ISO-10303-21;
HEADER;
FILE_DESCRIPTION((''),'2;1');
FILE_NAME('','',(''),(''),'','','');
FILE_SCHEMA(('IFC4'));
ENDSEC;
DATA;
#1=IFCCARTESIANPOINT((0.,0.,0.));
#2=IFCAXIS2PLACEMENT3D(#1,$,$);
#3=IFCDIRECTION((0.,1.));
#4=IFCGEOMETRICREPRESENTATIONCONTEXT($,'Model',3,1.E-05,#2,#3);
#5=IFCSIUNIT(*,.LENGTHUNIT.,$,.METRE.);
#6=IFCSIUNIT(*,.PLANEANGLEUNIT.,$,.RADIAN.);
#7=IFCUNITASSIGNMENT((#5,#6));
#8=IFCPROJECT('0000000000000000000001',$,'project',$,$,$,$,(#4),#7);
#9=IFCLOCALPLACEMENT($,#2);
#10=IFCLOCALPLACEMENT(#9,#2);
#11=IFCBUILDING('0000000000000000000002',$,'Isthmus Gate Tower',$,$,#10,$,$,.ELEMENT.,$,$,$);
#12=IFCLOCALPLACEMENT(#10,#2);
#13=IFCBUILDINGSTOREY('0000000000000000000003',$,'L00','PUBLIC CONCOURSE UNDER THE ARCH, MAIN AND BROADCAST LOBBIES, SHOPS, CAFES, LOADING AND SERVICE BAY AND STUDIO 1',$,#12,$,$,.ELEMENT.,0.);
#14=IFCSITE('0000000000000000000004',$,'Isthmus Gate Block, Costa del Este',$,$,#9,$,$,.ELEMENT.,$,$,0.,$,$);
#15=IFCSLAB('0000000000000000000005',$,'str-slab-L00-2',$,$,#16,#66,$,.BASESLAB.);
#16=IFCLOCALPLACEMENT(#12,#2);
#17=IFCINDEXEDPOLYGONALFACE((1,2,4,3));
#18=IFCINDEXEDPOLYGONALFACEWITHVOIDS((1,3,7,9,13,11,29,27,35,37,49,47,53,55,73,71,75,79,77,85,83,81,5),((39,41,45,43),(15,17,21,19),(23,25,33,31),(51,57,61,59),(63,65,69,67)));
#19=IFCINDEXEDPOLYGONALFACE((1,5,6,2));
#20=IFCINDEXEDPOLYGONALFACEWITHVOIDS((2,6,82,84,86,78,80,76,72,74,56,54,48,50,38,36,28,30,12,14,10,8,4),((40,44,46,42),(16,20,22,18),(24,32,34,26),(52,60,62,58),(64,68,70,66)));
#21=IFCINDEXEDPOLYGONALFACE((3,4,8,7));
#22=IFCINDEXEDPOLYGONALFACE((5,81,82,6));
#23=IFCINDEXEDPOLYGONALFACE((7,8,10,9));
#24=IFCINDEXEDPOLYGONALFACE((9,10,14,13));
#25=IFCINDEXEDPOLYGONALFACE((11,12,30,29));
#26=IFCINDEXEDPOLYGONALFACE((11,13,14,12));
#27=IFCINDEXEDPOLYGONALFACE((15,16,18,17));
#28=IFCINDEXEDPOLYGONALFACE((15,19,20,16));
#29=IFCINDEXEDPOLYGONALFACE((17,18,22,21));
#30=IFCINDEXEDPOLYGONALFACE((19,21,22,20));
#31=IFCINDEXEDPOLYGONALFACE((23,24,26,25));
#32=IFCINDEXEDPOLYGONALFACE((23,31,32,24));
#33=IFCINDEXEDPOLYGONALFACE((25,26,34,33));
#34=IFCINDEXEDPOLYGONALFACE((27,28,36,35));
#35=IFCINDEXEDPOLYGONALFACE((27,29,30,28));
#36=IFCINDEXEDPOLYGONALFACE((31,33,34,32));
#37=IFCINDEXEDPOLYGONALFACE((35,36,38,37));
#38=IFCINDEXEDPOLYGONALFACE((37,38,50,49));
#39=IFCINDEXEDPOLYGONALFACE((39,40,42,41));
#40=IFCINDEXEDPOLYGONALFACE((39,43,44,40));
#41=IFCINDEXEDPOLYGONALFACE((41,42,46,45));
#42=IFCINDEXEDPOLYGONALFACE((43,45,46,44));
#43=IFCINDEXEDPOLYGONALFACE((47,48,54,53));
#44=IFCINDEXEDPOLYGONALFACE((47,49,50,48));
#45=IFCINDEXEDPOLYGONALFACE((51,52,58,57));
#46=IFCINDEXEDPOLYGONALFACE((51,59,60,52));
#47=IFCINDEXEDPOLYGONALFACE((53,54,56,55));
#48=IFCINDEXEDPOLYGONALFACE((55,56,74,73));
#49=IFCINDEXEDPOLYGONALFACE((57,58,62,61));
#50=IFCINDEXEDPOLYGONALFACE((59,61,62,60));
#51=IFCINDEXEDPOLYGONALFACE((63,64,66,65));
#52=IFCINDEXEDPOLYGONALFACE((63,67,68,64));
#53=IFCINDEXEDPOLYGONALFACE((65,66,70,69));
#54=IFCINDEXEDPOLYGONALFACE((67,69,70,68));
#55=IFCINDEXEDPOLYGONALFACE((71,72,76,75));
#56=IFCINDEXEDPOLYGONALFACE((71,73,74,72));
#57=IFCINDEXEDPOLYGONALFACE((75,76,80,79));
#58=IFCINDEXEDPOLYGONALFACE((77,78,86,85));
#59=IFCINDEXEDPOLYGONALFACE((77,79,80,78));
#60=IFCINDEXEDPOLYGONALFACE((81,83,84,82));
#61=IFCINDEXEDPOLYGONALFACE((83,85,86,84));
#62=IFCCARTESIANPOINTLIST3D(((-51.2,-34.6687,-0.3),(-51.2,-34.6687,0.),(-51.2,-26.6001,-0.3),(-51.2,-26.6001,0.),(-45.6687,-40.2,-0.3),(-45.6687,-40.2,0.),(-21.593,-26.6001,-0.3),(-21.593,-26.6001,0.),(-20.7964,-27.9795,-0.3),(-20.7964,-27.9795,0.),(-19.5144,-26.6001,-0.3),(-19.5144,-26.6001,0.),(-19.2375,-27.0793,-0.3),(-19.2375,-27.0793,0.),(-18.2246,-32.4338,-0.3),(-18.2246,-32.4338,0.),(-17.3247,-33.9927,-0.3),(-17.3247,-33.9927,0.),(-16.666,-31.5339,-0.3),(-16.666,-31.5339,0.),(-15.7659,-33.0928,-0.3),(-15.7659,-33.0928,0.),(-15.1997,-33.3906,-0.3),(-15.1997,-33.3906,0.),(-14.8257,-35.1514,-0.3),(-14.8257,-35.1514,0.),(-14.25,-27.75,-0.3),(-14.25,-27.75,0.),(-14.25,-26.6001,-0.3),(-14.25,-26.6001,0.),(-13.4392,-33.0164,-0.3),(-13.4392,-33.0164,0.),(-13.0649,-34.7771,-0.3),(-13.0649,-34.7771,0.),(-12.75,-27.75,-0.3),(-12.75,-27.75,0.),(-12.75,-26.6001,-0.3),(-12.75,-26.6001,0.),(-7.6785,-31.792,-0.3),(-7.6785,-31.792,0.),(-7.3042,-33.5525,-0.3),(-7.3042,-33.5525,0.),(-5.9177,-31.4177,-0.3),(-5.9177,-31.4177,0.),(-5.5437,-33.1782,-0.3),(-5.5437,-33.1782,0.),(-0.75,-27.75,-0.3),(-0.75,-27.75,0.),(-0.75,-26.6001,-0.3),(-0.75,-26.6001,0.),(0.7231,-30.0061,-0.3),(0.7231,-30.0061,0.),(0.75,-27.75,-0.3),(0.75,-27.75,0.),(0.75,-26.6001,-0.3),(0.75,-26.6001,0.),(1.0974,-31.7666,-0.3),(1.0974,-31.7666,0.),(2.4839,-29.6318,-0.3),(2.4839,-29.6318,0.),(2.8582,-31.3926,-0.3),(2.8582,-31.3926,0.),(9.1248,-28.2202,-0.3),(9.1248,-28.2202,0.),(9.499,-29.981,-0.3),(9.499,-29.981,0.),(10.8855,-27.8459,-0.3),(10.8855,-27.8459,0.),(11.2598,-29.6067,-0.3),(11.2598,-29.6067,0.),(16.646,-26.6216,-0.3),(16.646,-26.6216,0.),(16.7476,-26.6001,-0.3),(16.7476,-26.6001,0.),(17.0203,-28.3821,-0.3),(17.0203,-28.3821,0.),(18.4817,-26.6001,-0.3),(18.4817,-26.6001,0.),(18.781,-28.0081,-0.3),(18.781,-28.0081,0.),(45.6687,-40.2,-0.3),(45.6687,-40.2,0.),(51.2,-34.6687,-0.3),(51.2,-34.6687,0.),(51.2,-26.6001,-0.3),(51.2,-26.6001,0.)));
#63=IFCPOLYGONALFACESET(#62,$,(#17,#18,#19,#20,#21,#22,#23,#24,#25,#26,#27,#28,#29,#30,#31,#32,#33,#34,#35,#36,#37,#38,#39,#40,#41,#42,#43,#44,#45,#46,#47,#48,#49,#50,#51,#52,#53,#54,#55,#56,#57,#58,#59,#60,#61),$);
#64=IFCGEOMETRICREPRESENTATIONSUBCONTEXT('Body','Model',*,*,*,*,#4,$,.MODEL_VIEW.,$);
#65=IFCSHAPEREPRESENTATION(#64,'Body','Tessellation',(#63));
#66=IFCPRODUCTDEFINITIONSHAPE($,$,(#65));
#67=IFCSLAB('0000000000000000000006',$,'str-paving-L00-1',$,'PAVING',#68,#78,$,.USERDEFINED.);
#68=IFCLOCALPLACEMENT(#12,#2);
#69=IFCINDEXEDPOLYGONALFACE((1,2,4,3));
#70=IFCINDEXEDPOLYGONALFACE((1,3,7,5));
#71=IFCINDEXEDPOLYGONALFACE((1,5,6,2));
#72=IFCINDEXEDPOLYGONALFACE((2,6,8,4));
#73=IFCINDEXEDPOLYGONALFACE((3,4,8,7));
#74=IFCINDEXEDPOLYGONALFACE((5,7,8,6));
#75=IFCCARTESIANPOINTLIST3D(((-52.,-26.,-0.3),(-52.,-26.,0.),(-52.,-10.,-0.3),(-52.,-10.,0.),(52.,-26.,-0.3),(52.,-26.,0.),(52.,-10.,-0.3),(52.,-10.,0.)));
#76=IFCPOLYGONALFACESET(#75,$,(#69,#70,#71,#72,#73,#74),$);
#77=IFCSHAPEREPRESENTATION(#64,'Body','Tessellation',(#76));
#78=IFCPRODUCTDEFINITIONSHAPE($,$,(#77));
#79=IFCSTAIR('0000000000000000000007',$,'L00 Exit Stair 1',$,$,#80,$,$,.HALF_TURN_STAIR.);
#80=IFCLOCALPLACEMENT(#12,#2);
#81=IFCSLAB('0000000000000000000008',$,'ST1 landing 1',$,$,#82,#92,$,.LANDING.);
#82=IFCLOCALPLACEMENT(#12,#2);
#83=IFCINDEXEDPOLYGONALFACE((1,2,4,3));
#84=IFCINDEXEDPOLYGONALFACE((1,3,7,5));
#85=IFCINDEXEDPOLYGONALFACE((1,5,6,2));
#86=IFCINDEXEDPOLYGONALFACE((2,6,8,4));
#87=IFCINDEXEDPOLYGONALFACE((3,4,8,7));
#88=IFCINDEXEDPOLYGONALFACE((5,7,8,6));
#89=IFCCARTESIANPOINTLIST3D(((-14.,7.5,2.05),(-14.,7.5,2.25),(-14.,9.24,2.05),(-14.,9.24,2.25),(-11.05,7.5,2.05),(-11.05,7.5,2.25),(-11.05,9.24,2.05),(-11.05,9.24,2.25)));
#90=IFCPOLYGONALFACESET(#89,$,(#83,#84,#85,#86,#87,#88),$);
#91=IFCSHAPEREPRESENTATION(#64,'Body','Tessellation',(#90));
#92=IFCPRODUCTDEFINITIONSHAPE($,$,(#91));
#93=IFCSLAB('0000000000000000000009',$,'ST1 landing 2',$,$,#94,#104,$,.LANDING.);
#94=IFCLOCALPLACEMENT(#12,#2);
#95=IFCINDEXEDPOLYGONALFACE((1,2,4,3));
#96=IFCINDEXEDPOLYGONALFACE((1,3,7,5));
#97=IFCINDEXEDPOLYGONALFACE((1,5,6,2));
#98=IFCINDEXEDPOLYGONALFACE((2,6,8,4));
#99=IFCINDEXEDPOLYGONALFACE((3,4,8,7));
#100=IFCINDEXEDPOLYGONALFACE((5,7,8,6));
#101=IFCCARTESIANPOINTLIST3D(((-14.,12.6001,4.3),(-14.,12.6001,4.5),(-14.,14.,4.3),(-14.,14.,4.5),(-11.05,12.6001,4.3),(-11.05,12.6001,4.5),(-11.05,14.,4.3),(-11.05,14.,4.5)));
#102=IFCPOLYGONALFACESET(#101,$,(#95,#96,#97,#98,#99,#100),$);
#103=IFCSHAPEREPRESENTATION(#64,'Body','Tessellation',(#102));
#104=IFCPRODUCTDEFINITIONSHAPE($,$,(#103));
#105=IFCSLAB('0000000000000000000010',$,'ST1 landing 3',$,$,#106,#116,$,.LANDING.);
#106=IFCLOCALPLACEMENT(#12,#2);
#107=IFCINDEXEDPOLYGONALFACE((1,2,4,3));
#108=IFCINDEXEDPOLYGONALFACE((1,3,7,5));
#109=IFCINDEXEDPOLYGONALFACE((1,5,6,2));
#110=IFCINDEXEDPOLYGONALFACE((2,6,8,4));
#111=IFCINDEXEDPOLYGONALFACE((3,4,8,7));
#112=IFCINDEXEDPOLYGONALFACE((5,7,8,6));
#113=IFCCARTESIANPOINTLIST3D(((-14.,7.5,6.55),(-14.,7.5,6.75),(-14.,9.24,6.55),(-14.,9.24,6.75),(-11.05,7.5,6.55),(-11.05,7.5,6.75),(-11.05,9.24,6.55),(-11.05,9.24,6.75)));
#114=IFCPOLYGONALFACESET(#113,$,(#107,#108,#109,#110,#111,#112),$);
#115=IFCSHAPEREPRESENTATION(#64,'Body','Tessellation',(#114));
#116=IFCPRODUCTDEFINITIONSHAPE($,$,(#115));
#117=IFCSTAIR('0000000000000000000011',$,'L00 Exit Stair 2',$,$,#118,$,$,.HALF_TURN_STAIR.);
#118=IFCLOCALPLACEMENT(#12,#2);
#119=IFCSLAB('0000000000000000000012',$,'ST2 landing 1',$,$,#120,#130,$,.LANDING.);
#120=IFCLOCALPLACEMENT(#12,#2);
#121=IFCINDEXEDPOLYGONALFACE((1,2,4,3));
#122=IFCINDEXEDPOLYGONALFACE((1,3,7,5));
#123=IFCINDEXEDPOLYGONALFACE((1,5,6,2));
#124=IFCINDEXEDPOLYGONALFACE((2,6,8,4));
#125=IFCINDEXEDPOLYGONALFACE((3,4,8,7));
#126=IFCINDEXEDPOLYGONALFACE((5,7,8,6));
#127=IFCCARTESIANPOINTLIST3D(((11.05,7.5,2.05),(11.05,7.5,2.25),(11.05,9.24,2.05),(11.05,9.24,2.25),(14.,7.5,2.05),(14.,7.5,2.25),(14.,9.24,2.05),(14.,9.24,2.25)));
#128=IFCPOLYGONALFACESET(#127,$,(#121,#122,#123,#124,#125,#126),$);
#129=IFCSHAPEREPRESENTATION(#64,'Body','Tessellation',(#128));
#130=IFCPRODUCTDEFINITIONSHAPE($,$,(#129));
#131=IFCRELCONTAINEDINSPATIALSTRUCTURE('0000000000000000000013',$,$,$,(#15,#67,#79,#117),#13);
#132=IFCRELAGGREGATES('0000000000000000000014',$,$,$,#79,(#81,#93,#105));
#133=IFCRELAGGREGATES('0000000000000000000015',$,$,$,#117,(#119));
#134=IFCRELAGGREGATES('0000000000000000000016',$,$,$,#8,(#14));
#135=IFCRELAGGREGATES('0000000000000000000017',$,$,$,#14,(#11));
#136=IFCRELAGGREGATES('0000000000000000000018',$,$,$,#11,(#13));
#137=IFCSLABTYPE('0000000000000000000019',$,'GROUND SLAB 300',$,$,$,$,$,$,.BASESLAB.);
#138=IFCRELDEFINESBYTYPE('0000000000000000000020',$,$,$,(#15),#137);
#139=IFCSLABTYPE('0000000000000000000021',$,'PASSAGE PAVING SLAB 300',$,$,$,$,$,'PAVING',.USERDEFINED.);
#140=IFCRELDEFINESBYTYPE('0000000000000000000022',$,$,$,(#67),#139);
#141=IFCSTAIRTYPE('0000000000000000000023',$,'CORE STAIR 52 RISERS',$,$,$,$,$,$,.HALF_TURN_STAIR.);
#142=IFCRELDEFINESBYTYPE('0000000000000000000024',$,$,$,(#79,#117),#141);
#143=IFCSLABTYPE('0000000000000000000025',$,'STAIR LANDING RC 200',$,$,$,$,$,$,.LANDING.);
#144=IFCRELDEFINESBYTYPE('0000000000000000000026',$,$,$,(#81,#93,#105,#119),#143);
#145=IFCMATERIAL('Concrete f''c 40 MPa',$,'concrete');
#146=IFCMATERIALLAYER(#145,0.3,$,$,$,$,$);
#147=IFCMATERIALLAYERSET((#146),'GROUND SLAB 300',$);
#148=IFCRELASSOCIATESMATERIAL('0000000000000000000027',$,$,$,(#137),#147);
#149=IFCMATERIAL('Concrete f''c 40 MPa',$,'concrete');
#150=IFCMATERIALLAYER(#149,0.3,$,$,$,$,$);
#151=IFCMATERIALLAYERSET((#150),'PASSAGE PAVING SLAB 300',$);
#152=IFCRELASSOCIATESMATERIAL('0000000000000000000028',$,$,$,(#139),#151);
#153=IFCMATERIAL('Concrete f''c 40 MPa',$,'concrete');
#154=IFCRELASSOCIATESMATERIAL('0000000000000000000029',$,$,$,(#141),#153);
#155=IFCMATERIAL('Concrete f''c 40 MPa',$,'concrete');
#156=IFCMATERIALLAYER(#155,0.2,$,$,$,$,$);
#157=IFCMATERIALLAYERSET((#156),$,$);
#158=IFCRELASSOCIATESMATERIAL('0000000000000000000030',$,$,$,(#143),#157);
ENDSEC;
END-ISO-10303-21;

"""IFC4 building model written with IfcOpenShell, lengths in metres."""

from ifc_helpers import new_model, si_unit, direction, frame, origin, place, context, subcontext, project, spatial, polyline, outline, extrude, material, layer, layer_set, type_object, element, aggregate, save


model = new_model("IFC4")

# Units and contexts
model_context = context("Model", 3, precision=1e-05, world=origin(), true_north=direction((0.0, 1.0)))
body_context = subcontext(model_context, "Body", "Model", "MODEL_VIEW")
ifc_project = project(units=[si_unit("LENGTHUNIT", "METRE"), si_unit("PLANEANGLEUNIT", "RADIAN")], contexts=[model_context])

# Site, building, storey
site_placement = place(None, origin())
site = spatial("IfcSite", under=ifc_project, at=site_placement, Name="Isthmus Gate Block, Costa del Este", CompositionType="ELEMENT", RefElevation=0.0)
building_placement = place(site_placement, origin())
building = spatial("IfcBuilding", under=site, at=building_placement, Name="Isthmus Gate Tower", CompositionType="ELEMENT")
storey_placement = place(building_placement, origin())
storey = spatial("IfcBuildingStorey", under=building, at=storey_placement, Name="L00", Description="PUBLIC CONCOURSE UNDER THE ARCH, MAIN AND BROADCAST LOBBIES, SHOPS, CAFES, LOADING AND SERVICE BAY AND STUDIO 1", CompositionType="ELEMENT", Elevation=0.0)

# Slabs
ifc_material_1 = material(Name="Concrete f'c 40 MPa", Category="concrete")
ifc_layer_1 = layer(ifc_material_1, 0.3)
ifc_layer_set_1 = layer_set([ifc_layer_1], Name="GROUND SLAB 300")
slab_type_1 = type_object("IfcSlabType", Name="GROUND SLAB 300", PredefinedType="BASESLAB", material=ifc_layer_set_1)
slab_1_placement = place(storey_placement, frame((0.0, 0.0, -0.3)))
element("IfcSlab", 1, at=slab_1_placement, inside=storey, type_object=slab_type_1, Name="str-slab-L00-2", PredefinedType="BASESLAB", context=body_context, shape_type="SweptSolid", body=[
    extrude(outline(polyline([(-51.2, -34.6687), (-51.2, -26.6001), (-21.593, -26.6001), (-20.7964, -27.9795), (-19.2375, -27.0793), (-19.5144, -26.6001), (-14.25, -26.6001), (-14.25, -27.75), (-12.75, -27.75), (-12.75, -26.6001), (-0.75, -26.6001), (-0.75, -27.75), (0.75, -27.75), (0.75, -26.6001), (16.7476, -26.6001), (16.646, -26.6216), (17.0203, -28.3821), (18.781, -28.0081), (18.4817, -26.6001), (51.2, -26.6001), (51.2, -34.6687), (45.6687, -40.2), (-45.6687, -40.2), (-51.2, -34.6687)]), holes=[polyline([(-13.0649, -34.7771), (-13.4392, -33.0164), (-15.1997, -33.3906), (-14.8257, -35.1514), (-13.0649, -34.7771)]), polyline([(-17.3247, -33.9927), (-15.7659, -33.0928), (-16.666, -31.5339), (-18.2246, -32.4338), (-17.3247, -33.9927)]), polyline([(-5.5437, -33.1782), (-5.9177, -31.4177), (-7.6785, -31.792), (-7.3042, -33.5525), (-5.5437, -33.1782)]), polyline([(2.8582, -31.3926), (2.4839, -29.6318), (0.7231, -30.0061), (1.0974, -31.7666), (2.8582, -31.3926)]), polyline([(11.2598, -29.6067), (10.8855, -27.8459), (9.1248, -28.2202), (9.499, -29.981), (11.2598, -29.6067)])]), origin(), (0.0, 0.0, 1.0), 0.3),
])
ifc_material_2 = material(Name="Concrete f'c 40 MPa", Category="concrete")
ifc_layer_2 = layer(ifc_material_2, 0.3)
ifc_layer_set_2 = layer_set([ifc_layer_2], Name="PASSAGE PAVING SLAB 300")
slab_type_2 = type_object("IfcSlabType", Name="PASSAGE PAVING SLAB 300", ElementType="PAVING", PredefinedType="USERDEFINED", material=ifc_layer_set_2)
slab_2_placement = place(storey_placement, frame((0.0, 0.0, -0.3)))
element("IfcSlab", 2, at=slab_2_placement, inside=storey, type_object=slab_type_2, Name="str-paving-L00-1", ObjectType="PAVING", PredefinedType="USERDEFINED", context=body_context, shape_type="SweptSolid", body=[
    extrude(outline(polyline([(52.0, -26.0), (52.0, -10.0), (-52.0, -10.0), (-52.0, -26.0), (52.0, -26.0)])), origin(), (0.0, 0.0, 1.0), 0.3),
])

# Stair, slabs
ifc_material_3 = material(Name="Concrete f'c 40 MPa", Category="concrete")
stair_type = type_object("IfcStairType", Name="CORE STAIR 52 RISERS", PredefinedType="HALF_TURN_STAIR", material=ifc_material_3)
stair_1_placement = place(storey_placement, origin())
stair_1 = element("IfcStair", 3, at=stair_1_placement, inside=storey, type_object=stair_type, Name="L00 Exit Stair 1", PredefinedType="HALF_TURN_STAIR")
ifc_material_4 = material(Name="Concrete f'c 40 MPa", Category="concrete")
ifc_layer_3 = layer(ifc_material_4, 0.2)
ifc_layer_set_3 = layer_set([ifc_layer_3])
slab_type_3 = type_object("IfcSlabType", Name="STAIR LANDING RC 200", PredefinedType="LANDING", material=ifc_layer_set_3)
slab_3_placement = place(storey_placement, frame((0.0, 0.0, 2.05)))
slab_3 = element("IfcSlab", 4, at=slab_3_placement, type_object=slab_type_3, Name="ST1 landing 1", PredefinedType="LANDING", context=body_context, shape_type="SweptSolid", body=[
    extrude(outline(polyline([(-14.0, 9.24), (-14.0, 7.5), (-11.05, 7.5), (-11.05, 9.24), (-14.0, 9.24)])), origin(), (0.0, 0.0, 1.0), 0.2),
])
slab_4_placement = place(storey_placement, frame((0.0, 0.0, 4.3)))
slab_4 = element("IfcSlab", 5, at=slab_4_placement, type_object=slab_type_3, Name="ST1 landing 2", PredefinedType="LANDING", context=body_context, shape_type="SweptSolid", body=[
    extrude(outline(polyline([(-14.0, 14.0), (-14.0, 12.6001), (-11.05, 12.6001), (-11.05, 14.0), (-14.0, 14.0)])), origin(), (0.0, 0.0, 1.0), 0.2),
])
slab_5_placement = place(storey_placement, frame((0.0, 0.0, 6.55)))
slab_5 = element("IfcSlab", 6, at=slab_5_placement, type_object=slab_type_3, Name="ST1 landing 3", PredefinedType="LANDING", context=body_context, shape_type="SweptSolid", body=[
    extrude(outline(polyline([(-14.0, 9.24), (-14.0, 7.5), (-11.05, 7.5), (-11.05, 9.24), (-14.0, 9.24)])), origin(), (0.0, 0.0, 1.0), 0.2),
])
aggregate(stair_1, [slab_3, slab_4, slab_5])

# Stair, slab
stair_2_placement = place(storey_placement, origin())
stair_2 = element("IfcStair", 7, at=stair_2_placement, inside=storey, type_object=stair_type, Name="L00 Exit Stair 2", PredefinedType="HALF_TURN_STAIR")
slab_6_placement = place(storey_placement, frame((0.0, 0.0, 2.05)))
slab_6 = element("IfcSlab", 8, at=slab_6_placement, type_object=slab_type_3, Name="ST2 landing 1", PredefinedType="LANDING", context=body_context, shape_type="SweptSolid", body=[
    extrude(outline(polyline([(11.05, 9.24), (11.05, 7.5), (14.0, 7.5), (14.0, 9.24), (11.05, 9.24)])), origin(), (0.0, 0.0, 1.0), 0.2),
])
aggregate(stair_2, [slab_6])

save(model, "model.ifc")
